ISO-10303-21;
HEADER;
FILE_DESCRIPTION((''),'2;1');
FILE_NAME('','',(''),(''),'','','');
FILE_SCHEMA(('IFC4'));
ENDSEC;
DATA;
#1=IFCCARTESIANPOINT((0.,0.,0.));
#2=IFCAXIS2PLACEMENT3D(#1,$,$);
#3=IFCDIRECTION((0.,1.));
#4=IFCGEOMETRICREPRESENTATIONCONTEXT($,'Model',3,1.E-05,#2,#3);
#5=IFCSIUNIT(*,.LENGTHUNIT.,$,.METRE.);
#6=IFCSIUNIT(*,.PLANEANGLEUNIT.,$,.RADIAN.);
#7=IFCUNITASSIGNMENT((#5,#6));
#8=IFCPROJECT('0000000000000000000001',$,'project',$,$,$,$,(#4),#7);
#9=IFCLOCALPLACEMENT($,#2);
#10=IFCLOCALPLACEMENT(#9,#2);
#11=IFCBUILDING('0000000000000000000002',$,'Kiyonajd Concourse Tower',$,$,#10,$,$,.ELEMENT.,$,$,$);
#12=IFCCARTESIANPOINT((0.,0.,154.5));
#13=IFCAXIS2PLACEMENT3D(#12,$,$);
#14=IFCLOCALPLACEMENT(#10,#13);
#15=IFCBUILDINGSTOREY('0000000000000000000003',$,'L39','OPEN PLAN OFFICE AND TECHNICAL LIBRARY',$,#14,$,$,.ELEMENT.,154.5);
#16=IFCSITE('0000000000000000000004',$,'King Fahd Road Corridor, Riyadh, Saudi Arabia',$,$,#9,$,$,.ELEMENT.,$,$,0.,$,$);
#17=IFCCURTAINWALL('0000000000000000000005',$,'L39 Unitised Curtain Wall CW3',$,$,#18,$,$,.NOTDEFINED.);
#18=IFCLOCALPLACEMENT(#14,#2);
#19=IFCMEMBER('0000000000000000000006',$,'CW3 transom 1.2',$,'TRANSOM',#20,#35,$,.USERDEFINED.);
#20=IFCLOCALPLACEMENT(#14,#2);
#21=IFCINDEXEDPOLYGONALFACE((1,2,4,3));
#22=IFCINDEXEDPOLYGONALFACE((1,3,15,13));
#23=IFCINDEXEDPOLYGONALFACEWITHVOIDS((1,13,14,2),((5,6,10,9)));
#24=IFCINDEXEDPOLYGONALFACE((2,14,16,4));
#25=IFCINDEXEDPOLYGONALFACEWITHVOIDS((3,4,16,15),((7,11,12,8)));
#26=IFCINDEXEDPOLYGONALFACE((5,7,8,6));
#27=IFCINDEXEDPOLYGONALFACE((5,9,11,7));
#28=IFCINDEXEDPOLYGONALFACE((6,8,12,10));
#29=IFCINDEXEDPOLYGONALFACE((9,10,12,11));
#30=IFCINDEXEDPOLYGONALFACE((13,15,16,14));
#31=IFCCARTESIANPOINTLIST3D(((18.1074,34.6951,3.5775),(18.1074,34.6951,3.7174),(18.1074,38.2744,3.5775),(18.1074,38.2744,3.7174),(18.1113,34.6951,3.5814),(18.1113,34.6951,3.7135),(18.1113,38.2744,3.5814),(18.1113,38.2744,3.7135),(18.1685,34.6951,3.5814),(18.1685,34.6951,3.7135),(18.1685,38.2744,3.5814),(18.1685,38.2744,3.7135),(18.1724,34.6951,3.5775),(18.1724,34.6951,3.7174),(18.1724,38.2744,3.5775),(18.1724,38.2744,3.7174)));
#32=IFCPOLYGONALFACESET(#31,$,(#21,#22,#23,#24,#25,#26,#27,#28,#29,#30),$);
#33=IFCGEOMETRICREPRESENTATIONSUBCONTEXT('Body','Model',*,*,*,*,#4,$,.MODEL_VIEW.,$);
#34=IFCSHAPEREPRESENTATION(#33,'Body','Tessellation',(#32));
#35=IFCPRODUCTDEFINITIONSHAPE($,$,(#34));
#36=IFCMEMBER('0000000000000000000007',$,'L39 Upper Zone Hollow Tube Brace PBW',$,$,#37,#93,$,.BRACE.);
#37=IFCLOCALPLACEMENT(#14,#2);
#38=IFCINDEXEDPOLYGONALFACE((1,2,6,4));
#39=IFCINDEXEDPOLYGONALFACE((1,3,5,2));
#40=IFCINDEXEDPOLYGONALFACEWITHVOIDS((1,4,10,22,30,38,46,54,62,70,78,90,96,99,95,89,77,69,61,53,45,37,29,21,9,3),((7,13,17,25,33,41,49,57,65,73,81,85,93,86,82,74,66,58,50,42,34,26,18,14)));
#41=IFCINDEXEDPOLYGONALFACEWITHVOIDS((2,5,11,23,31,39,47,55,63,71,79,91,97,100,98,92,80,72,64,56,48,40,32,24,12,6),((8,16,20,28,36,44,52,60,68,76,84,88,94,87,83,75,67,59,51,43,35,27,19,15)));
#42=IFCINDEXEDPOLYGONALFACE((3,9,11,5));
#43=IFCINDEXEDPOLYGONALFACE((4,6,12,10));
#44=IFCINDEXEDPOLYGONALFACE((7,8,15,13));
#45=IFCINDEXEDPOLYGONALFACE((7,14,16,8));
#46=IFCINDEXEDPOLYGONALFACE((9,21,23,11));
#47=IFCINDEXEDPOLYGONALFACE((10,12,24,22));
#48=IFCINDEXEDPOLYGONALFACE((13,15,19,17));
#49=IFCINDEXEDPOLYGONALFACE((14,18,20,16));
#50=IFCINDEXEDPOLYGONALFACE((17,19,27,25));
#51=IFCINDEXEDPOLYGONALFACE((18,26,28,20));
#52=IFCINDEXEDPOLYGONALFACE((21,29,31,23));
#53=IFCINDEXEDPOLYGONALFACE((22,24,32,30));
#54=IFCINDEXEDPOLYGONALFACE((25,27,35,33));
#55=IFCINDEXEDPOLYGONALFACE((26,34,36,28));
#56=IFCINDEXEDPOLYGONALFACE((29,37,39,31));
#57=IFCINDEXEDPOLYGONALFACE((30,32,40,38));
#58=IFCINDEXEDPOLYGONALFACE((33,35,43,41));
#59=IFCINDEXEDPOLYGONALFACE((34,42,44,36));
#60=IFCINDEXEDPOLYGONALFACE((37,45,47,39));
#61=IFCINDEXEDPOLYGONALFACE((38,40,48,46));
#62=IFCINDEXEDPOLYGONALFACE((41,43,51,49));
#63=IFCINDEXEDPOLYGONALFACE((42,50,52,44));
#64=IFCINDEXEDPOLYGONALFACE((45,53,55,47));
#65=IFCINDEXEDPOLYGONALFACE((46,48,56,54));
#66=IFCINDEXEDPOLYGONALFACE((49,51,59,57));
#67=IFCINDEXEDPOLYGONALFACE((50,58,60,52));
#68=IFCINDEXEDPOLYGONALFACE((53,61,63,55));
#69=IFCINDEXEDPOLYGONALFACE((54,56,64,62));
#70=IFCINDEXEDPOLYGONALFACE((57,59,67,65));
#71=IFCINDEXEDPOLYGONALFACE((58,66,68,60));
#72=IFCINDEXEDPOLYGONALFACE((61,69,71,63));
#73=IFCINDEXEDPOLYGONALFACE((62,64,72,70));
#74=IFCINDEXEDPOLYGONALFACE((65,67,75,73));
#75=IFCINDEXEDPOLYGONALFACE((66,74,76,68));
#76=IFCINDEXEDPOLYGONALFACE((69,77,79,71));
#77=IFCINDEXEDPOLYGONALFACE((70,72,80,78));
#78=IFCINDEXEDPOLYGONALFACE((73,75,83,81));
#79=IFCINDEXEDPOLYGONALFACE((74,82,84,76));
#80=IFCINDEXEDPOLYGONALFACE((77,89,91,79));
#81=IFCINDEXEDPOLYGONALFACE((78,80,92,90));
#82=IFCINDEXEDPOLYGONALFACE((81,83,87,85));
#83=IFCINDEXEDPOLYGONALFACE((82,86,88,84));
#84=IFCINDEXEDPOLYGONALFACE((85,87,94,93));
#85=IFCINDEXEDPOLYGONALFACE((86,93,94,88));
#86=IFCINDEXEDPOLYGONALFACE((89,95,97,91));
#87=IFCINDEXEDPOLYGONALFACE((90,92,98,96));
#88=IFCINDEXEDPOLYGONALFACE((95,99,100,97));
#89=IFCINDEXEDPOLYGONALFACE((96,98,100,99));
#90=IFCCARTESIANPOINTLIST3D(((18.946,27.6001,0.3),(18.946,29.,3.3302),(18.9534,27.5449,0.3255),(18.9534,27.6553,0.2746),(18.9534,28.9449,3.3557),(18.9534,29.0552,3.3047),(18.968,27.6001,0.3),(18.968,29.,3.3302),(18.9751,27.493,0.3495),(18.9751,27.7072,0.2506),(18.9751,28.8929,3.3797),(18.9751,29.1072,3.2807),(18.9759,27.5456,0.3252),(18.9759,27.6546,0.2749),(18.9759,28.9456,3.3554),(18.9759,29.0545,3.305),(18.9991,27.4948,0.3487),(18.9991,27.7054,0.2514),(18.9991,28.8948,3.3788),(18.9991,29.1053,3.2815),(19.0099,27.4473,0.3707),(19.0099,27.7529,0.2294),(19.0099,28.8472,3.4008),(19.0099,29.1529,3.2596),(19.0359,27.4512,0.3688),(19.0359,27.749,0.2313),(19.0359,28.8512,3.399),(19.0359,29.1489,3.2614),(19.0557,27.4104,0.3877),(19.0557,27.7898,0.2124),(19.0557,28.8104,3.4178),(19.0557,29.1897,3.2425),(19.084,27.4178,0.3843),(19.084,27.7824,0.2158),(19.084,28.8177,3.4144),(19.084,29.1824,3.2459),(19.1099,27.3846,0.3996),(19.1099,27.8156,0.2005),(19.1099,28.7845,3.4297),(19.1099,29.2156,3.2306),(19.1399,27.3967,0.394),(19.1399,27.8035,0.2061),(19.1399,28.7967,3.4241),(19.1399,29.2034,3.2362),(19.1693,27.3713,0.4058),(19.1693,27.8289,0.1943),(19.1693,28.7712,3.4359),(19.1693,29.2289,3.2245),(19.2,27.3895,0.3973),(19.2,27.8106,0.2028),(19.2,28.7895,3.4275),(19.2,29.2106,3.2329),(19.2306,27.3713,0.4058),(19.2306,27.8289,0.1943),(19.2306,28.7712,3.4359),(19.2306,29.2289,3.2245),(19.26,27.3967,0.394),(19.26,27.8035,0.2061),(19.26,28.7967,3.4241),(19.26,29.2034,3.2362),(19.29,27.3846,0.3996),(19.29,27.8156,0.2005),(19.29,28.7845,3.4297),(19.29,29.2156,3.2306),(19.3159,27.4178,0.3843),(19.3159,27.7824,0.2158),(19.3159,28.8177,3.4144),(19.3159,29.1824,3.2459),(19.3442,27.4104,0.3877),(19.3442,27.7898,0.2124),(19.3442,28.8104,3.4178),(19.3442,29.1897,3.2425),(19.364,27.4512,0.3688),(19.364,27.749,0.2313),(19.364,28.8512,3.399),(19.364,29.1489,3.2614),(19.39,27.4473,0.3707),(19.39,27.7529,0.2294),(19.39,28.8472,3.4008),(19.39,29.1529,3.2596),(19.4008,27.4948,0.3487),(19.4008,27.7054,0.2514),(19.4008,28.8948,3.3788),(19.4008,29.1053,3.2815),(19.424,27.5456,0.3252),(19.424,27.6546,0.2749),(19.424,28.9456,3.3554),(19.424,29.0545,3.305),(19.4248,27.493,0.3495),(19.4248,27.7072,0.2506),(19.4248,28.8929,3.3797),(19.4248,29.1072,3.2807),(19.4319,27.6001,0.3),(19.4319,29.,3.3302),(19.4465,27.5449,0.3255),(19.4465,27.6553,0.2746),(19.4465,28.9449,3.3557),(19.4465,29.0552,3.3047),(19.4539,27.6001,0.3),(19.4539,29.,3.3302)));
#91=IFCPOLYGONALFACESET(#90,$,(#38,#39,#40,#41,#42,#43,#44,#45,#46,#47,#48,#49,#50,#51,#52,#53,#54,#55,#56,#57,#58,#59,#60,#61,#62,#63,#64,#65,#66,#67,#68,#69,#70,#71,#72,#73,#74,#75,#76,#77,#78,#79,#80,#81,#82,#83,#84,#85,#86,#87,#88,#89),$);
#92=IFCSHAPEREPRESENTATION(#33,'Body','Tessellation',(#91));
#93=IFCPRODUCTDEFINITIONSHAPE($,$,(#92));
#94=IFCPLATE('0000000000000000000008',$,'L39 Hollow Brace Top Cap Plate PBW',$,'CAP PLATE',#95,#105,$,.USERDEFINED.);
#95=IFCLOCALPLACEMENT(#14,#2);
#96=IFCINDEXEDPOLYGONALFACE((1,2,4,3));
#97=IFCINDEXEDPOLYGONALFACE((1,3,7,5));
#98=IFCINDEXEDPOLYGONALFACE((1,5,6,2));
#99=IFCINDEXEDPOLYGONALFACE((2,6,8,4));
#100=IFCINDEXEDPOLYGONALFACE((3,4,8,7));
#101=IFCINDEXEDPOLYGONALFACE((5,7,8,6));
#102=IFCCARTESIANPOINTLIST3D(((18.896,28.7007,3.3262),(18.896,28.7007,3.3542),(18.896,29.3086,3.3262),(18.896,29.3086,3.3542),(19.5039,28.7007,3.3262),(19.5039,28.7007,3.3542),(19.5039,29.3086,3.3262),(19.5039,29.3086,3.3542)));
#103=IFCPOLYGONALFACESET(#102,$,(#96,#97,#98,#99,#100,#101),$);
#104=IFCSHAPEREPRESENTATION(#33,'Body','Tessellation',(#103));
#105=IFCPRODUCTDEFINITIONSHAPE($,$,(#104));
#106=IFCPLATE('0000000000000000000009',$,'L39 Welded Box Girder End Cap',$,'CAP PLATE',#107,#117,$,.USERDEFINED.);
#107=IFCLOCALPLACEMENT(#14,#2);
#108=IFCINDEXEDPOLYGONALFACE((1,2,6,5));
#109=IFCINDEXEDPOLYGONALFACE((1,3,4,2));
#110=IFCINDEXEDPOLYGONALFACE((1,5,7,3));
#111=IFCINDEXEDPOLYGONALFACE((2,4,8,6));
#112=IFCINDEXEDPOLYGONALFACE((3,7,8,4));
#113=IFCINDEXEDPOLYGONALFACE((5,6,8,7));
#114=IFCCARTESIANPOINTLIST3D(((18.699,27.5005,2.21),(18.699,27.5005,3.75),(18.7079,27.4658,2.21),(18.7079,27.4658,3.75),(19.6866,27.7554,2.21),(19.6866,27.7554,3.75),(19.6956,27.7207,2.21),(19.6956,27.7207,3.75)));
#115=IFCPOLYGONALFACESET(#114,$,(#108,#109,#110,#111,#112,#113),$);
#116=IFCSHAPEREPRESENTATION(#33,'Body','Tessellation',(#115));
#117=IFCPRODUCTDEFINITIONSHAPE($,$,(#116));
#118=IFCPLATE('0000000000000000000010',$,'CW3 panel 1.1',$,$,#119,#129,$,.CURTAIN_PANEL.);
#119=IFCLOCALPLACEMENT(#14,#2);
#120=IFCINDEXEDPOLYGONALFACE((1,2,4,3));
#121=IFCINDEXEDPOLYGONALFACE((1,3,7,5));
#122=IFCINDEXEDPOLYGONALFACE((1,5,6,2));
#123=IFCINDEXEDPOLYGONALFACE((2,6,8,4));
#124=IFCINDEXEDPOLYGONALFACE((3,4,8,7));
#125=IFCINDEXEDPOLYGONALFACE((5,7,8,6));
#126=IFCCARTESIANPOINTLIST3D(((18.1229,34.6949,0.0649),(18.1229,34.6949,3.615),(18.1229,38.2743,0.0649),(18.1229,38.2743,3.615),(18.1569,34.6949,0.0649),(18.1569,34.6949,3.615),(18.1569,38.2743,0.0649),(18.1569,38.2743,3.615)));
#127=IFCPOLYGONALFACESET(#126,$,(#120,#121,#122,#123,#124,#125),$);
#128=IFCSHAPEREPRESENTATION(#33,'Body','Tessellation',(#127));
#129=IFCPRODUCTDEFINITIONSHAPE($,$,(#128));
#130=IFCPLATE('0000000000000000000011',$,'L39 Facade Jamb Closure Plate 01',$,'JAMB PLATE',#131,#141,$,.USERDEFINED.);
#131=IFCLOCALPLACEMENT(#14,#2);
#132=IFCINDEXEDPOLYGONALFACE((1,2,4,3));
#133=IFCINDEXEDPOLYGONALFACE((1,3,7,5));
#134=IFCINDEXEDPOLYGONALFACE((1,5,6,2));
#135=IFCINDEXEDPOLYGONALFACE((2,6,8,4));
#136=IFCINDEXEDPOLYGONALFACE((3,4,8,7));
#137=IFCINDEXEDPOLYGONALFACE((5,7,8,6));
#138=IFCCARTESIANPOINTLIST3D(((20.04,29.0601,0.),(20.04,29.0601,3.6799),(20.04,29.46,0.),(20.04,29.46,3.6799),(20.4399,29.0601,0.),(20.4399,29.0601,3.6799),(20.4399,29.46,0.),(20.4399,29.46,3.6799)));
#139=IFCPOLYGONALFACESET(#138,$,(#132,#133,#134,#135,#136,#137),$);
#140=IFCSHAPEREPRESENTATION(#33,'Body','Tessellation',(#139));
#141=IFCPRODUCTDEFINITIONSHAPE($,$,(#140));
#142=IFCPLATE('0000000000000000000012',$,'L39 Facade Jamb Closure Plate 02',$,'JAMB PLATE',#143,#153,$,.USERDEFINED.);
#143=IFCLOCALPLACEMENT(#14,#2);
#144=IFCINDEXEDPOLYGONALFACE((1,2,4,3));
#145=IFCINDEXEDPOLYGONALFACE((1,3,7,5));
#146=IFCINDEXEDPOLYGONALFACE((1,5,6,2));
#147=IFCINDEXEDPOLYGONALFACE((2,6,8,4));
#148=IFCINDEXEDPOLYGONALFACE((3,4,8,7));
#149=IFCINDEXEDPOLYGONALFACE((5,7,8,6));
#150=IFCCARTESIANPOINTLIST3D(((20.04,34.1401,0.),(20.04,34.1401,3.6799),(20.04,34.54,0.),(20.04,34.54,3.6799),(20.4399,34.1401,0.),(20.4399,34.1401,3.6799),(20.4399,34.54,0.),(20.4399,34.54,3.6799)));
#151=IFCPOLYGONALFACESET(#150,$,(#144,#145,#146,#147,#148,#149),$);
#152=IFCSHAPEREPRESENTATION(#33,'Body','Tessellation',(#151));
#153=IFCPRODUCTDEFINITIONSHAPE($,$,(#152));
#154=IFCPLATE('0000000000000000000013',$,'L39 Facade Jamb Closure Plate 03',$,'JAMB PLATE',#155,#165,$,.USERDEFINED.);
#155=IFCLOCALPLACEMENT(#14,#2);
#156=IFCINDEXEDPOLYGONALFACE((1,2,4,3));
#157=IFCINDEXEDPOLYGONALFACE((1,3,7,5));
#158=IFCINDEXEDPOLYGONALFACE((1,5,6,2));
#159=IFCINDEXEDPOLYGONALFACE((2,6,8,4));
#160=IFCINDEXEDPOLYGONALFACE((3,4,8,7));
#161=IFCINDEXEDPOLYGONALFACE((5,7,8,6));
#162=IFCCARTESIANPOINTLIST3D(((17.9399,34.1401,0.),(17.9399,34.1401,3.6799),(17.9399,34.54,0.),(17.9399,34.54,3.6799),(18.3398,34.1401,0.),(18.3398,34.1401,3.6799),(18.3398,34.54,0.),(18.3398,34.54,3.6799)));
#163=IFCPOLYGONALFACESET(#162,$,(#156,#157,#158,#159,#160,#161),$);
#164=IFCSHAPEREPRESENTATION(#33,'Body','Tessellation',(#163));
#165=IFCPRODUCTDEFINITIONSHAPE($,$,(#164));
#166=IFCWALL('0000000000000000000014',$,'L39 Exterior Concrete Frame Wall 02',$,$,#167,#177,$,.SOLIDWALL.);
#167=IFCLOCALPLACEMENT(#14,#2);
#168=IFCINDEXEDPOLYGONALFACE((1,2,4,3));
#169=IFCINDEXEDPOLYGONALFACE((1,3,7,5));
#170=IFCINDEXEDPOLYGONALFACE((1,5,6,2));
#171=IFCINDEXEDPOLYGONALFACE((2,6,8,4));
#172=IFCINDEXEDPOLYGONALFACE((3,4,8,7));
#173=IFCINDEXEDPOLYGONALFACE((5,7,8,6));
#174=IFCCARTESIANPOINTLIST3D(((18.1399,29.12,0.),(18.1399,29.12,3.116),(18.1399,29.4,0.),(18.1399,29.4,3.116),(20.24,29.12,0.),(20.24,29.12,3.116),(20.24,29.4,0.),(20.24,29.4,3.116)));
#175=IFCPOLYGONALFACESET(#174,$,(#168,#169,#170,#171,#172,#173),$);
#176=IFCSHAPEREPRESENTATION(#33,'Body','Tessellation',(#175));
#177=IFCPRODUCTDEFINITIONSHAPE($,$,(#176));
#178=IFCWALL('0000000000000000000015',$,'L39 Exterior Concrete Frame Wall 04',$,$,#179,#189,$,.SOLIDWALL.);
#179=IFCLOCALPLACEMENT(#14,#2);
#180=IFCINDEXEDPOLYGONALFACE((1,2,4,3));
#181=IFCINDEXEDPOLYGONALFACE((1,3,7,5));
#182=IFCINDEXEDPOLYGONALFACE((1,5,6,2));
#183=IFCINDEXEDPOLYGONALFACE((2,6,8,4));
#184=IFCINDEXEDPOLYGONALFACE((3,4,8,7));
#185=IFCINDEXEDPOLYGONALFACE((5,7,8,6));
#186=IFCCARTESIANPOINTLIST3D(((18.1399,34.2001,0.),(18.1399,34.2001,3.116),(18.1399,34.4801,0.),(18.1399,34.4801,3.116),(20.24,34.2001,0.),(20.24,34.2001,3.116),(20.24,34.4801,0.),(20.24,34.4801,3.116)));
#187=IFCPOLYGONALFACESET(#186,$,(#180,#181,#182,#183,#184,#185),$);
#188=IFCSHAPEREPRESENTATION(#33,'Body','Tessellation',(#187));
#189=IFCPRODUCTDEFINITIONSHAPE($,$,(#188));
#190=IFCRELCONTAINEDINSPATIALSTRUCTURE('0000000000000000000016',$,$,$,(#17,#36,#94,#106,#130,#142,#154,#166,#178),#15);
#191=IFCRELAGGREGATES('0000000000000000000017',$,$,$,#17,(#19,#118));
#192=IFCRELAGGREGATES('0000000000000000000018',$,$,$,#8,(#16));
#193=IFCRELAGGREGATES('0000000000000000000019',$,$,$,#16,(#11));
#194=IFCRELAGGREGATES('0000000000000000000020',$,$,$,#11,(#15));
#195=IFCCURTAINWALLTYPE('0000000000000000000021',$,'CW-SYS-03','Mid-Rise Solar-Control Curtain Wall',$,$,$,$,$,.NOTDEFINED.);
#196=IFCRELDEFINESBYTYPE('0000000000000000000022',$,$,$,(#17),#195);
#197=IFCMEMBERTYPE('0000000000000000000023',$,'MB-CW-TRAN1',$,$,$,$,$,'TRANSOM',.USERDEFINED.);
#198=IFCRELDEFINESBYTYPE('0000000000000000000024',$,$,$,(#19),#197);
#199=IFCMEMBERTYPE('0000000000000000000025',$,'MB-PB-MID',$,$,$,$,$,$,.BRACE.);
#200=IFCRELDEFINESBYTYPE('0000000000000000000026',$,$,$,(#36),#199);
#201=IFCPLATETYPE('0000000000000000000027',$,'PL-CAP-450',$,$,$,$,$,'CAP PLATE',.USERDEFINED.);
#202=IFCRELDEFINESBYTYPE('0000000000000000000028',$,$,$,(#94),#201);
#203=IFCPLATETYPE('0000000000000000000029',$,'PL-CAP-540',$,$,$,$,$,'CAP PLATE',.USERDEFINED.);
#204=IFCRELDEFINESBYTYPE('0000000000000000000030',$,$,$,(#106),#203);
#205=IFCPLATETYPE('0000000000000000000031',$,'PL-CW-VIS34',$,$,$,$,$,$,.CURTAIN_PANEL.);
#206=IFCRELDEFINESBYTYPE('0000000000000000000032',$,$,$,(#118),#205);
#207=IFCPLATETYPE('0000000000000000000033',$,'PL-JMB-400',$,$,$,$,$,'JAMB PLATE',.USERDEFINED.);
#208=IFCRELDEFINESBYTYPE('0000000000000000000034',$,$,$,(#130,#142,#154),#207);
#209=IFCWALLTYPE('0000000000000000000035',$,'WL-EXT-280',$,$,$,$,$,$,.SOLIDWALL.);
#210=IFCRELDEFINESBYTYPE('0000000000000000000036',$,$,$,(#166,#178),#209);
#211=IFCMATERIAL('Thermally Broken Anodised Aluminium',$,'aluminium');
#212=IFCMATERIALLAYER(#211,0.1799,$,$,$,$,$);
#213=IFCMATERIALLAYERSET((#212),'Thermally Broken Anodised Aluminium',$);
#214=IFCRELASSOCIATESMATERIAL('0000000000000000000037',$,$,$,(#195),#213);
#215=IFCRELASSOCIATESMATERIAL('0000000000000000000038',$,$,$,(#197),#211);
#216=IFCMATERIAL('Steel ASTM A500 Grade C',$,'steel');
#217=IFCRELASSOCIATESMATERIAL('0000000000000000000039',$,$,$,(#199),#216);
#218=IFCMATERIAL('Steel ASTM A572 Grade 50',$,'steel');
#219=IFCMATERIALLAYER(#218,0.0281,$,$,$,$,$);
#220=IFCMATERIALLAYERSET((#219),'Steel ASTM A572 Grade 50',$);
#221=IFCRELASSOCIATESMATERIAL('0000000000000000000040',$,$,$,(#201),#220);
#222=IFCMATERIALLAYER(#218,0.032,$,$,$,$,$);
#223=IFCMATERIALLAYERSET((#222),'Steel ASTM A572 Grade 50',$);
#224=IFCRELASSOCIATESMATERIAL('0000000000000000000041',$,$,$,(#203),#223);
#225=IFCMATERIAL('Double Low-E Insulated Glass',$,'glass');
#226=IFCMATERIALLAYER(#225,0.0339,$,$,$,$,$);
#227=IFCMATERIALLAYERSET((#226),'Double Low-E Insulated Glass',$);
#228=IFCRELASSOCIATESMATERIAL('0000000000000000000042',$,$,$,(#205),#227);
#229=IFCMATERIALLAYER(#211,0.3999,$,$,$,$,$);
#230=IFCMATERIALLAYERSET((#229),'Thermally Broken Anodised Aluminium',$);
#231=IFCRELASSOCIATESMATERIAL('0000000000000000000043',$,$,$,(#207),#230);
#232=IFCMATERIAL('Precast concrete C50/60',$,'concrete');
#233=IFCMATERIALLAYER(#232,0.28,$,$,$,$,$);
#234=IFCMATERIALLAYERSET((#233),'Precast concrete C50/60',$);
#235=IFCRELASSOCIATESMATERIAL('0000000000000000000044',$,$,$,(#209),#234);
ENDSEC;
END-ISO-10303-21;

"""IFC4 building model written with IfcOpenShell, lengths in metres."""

from ifc_helpers import new_model, si_unit, direction, frame, frame_2d, origin, origin_2d, place, context, subcontext, project, spatial, rectangle, hollow_rectangle, hollow_circle, extrude, material, layer, layer_set, material_profile, profile_set, type_object, element, aggregate, save


model = new_model("IFC4")

# Units and contexts
model_context = context("Model", 3, precision=1e-05, world=origin(), true_north=direction((0.0, 1.0)))
body_context = subcontext(model_context, "Body", "Model", "MODEL_VIEW")
ifc_project = project(units=[si_unit("LENGTHUNIT", "METRE"), si_unit("PLANEANGLEUNIT", "RADIAN")], contexts=[model_context])

# Site, building, storey
site_placement = place(None, origin())
site = spatial("IfcSite", under=ifc_project, at=site_placement, Name="King Fahd Road Corridor, Riyadh, Saudi Arabia", CompositionType="ELEMENT", RefElevation=0.0)
building_placement = place(site_placement, origin())
building = spatial("IfcBuilding", under=site, at=building_placement, Name="Kiyonajd Concourse Tower", CompositionType="ELEMENT")
storey_placement = place(building_placement, frame((0.0, 0.0, 154.5)))
storey = spatial("IfcBuildingStorey", under=building, at=storey_placement, Name="L39", Description="OPEN PLAN OFFICE AND TECHNICAL LIBRARY", CompositionType="ELEMENT", Elevation=154.5)

# Shared definitions
ifc_material_1 = material(Name="Steel ASTM A572 Grade 50", Category="steel")

# Curtain wall, member
ifc_material_2 = material(Name="Thermally Broken Anodised Aluminium", Category="aluminium")
ifc_layer_1 = layer(ifc_material_2, 0.1799)
ifc_layer_set_1 = layer_set([ifc_layer_1], Name="Thermally Broken Anodised Aluminium")
curtain_wall_type = type_object("IfcCurtainWallType", Name="CW-SYS-03", Description="Mid-Rise Solar-Control Curtain Wall", PredefinedType="NOTDEFINED", material=ifc_layer_set_1)
curtain_wall_placement = place(storey_placement, origin())
curtain_wall = element("IfcCurtainWall", 1, at=curtain_wall_placement, inside=storey, type_object=curtain_wall_type, Name="L39 Unitised Curtain Wall CW3", PredefinedType="NOTDEFINED")
ifc_material_profile_1 = material_profile(ifc_material_2, hollow_rectangle(XDim=0.0649, YDim=0.1399, WallThickness=0.0039, at=origin_2d()), Name="TRAN-65x140")
ifc_profile_set_1 = profile_set([ifc_material_profile_1], Name="Thermally Broken Anodised Aluminium")
member_type_1 = type_object("IfcMemberType", Name="MB-CW-TRAN1", ElementType="TRANSOM", PredefinedType="USERDEFINED", material=ifc_profile_set_1)
member_1_placement = place(storey_placement, frame((18.1399, 34.6951, 3.6475), z_axis=(0.0, 1.0, 0.0), x_axis=(-1.0, 0.0, 0.0)))
member_1 = element("IfcMember", 2, at=member_1_placement, type_object=member_type_1, Name="CW3 transom 1.2", ObjectType="TRANSOM", PredefinedType="USERDEFINED", context=body_context, shape_type="SweptSolid", body=[
    extrude(hollow_rectangle(XDim=0.0649, YDim=0.1399, WallThickness=0.0039, at=origin_2d()), origin(), (0.0, 0.0, 1.0), 3.5793),
])

# Member
ifc_material_3 = material(Name="Steel ASTM A500 Grade C", Category="steel")
ifc_material_profile_2 = material_profile(ifc_material_3, hollow_circle(Radius=0.2539, WallThickness=0.022, at=origin_2d()), Name="CHS-508x22")
ifc_profile_set_2 = profile_set([ifc_material_profile_2], Name="Steel ASTM A500 Grade C")
member_type_2 = type_object("IfcMemberType", Name="MB-PB-MID", PredefinedType="BRACE", material=ifc_profile_set_2)
member_2_placement = place(storey_placement, frame((19.2, 27.6001, 0.3), z_axis=(0.0, 0.419411, 0.907797), x_axis=(-1.0, 0.0, 0.0)))
element("IfcMember", 3, at=member_2_placement, inside=storey, type_object=member_type_2, Name="L39 Upper Zone Hollow Tube Brace PBW", PredefinedType="BRACE", context=body_context, shape_type="SweptSolid", body=[
    extrude(hollow_circle(Radius=0.2539, WallThickness=0.022, at=origin_2d()), origin(), (0.0, 0.0, 1.0), 3.3379),
])

# Plates
ifc_layer_2 = layer(ifc_material_1, 0.0281)
ifc_layer_set_2 = layer_set([ifc_layer_2], Name="Steel ASTM A572 Grade 50")
plate_type_1 = type_object("IfcPlateType", Name="PL-CAP-450", ElementType="CAP PLATE", PredefinedType="USERDEFINED", material=ifc_layer_set_2)
plate_1_placement = place(storey_placement, frame((19.2, 29.0046, 3.3262), z_axis=(0.0, 0.0, 1.0), x_axis=(1.0, 0.0, 0.0)))
element("IfcPlate", 4, at=plate_1_placement, inside=storey, type_object=plate_type_1, Name="L39 Hollow Brace Top Cap Plate PBW", ObjectType="CAP PLATE", PredefinedType="USERDEFINED", context=body_context, shape_type="SweptSolid", body=[
    extrude(rectangle(XDim=0.6079, YDim=0.6079, at=origin_2d()), origin(), (0.0, 0.0, 1.0), 0.0281),
])
ifc_layer_3 = layer(ifc_material_1, 0.032)
ifc_layer_set_3 = layer_set([ifc_layer_3], Name="Steel ASTM A572 Grade 50")
plate_type_2 = type_object("IfcPlateType", Name="PL-CAP-540", ElementType="CAP PLATE", PredefinedType="USERDEFINED", material=ifc_layer_set_3)
plate_2_placement = place(storey_placement, frame((19.1973, 27.6106, 2.21), z_axis=(0.0, 0.0, 1.0), x_axis=(-0.249873, 0.968279, 0.0)))
element("IfcPlate", 5, at=plate_2_placement, inside=storey, type_object=plate_type_2, Name="L39 Welded Box Girder End Cap", ObjectType="CAP PLATE", PredefinedType="USERDEFINED", context=body_context, shape_type="SweptSolid", body=[
    extrude(rectangle(XDim=0.0359, YDim=1.02, at=origin_2d()), origin(), (0.0, 0.0, 1.0), 1.54),
])

# Plate
ifc_material_4 = material(Name="Double Low-E Insulated Glass", Category="glass")
ifc_layer_4 = layer(ifc_material_4, 0.0339)
ifc_layer_set_4 = layer_set([ifc_layer_4], Name="Double Low-E Insulated Glass")
plate_type_3 = type_object("IfcPlateType", Name="PL-CW-VIS34", PredefinedType="CURTAIN_PANEL", material=ifc_layer_set_4)
plate_3_placement = place(storey_placement, frame((18.1399, 36.4846, 0.0649), z_axis=(0.0, 0.0, 1.0), x_axis=(0.0, 1.0, 0.0)))
plate_3 = element("IfcPlate", 6, at=plate_3_placement, type_object=plate_type_3, Name="CW3 panel 1.1", PredefinedType="CURTAIN_PANEL", context=body_context, shape_type="SweptSolid", body=[
    extrude(rectangle(XDim=3.5793, YDim=0.0339, at=origin_2d()), origin(), (0.0, 0.0, 1.0), 3.55),
])
aggregate(curtain_wall, [member_1, plate_3])

# Plates
ifc_layer_5 = layer(ifc_material_2, 0.3999)
ifc_layer_set_5 = layer_set([ifc_layer_5], Name="Thermally Broken Anodised Aluminium")
plate_type_4 = type_object("IfcPlateType", Name="PL-JMB-400", ElementType="JAMB PLATE", PredefinedType="USERDEFINED", material=ifc_layer_set_5)
for number, where, z_axis, x_axis, name in (
    (7, (20.24, 29.26, 0.0), (0.0, 0.0, 1.0), (1.0, 0.0, 0.0), "L39 Facade Jamb Closure Plate 01"),
    (8, (20.24, 34.3401, 0.0), (0.0, 0.0, 1.0), (1.0, 0.0, 0.0), "L39 Facade Jamb Closure Plate 02"),
    (9, (18.1399, 34.3401, 0.0), (0.0, 0.0, 1.0), (1.0, 0.0, 0.0), "L39 Facade Jamb Closure Plate 03"),
):
    element("IfcPlate", number, at=place(storey_placement, frame(where, z_axis=z_axis, x_axis=x_axis)), inside=storey, type_object=plate_type_4, Name=name, ObjectType="JAMB PLATE", PredefinedType="USERDEFINED", context=body_context, shape_type="SweptSolid", body=[
        extrude(rectangle(XDim=0.3999, YDim=0.3999, at=origin_2d()), origin(), (0.0, 0.0, 1.0), 3.6799),
    ])

# Walls
ifc_material_5 = material(Name="Precast concrete C50/60", Category="concrete")
ifc_layer_6 = layer(ifc_material_5, 0.28)
ifc_layer_set_6 = layer_set([ifc_layer_6], Name="Precast concrete C50/60")
wall_type_1 = type_object("IfcWallType", Name="WL-EXT-280", PredefinedType="SOLIDWALL", material=ifc_layer_set_6)
for number, where, z_axis, x_axis, name in (
    (10, (18.1399, 29.26, 0.0), (0.0, 0.0, 1.0), (1.0, 0.0, 0.0), "L39 Exterior Concrete Frame Wall 02"),
    (11, (20.24, 34.3401, 0.0), (0.0, 0.0, 1.0), (-1.0, 0.0, 0.0), "L39 Exterior Concrete Frame Wall 04"),
):
    element("IfcWall", number, at=place(storey_placement, frame(where, z_axis=z_axis, x_axis=x_axis)), inside=storey, type_object=wall_type_1, Name=name, PredefinedType="SOLIDWALL", context=body_context, shape_type="SweptSolid", body=[
        extrude(rectangle(XDim=2.1001, YDim=0.28, at=frame_2d((1.05, 0.0))), origin(), (0.0, 0.0, 1.0), 3.116),
    ])

save(model, "model.ifc")
